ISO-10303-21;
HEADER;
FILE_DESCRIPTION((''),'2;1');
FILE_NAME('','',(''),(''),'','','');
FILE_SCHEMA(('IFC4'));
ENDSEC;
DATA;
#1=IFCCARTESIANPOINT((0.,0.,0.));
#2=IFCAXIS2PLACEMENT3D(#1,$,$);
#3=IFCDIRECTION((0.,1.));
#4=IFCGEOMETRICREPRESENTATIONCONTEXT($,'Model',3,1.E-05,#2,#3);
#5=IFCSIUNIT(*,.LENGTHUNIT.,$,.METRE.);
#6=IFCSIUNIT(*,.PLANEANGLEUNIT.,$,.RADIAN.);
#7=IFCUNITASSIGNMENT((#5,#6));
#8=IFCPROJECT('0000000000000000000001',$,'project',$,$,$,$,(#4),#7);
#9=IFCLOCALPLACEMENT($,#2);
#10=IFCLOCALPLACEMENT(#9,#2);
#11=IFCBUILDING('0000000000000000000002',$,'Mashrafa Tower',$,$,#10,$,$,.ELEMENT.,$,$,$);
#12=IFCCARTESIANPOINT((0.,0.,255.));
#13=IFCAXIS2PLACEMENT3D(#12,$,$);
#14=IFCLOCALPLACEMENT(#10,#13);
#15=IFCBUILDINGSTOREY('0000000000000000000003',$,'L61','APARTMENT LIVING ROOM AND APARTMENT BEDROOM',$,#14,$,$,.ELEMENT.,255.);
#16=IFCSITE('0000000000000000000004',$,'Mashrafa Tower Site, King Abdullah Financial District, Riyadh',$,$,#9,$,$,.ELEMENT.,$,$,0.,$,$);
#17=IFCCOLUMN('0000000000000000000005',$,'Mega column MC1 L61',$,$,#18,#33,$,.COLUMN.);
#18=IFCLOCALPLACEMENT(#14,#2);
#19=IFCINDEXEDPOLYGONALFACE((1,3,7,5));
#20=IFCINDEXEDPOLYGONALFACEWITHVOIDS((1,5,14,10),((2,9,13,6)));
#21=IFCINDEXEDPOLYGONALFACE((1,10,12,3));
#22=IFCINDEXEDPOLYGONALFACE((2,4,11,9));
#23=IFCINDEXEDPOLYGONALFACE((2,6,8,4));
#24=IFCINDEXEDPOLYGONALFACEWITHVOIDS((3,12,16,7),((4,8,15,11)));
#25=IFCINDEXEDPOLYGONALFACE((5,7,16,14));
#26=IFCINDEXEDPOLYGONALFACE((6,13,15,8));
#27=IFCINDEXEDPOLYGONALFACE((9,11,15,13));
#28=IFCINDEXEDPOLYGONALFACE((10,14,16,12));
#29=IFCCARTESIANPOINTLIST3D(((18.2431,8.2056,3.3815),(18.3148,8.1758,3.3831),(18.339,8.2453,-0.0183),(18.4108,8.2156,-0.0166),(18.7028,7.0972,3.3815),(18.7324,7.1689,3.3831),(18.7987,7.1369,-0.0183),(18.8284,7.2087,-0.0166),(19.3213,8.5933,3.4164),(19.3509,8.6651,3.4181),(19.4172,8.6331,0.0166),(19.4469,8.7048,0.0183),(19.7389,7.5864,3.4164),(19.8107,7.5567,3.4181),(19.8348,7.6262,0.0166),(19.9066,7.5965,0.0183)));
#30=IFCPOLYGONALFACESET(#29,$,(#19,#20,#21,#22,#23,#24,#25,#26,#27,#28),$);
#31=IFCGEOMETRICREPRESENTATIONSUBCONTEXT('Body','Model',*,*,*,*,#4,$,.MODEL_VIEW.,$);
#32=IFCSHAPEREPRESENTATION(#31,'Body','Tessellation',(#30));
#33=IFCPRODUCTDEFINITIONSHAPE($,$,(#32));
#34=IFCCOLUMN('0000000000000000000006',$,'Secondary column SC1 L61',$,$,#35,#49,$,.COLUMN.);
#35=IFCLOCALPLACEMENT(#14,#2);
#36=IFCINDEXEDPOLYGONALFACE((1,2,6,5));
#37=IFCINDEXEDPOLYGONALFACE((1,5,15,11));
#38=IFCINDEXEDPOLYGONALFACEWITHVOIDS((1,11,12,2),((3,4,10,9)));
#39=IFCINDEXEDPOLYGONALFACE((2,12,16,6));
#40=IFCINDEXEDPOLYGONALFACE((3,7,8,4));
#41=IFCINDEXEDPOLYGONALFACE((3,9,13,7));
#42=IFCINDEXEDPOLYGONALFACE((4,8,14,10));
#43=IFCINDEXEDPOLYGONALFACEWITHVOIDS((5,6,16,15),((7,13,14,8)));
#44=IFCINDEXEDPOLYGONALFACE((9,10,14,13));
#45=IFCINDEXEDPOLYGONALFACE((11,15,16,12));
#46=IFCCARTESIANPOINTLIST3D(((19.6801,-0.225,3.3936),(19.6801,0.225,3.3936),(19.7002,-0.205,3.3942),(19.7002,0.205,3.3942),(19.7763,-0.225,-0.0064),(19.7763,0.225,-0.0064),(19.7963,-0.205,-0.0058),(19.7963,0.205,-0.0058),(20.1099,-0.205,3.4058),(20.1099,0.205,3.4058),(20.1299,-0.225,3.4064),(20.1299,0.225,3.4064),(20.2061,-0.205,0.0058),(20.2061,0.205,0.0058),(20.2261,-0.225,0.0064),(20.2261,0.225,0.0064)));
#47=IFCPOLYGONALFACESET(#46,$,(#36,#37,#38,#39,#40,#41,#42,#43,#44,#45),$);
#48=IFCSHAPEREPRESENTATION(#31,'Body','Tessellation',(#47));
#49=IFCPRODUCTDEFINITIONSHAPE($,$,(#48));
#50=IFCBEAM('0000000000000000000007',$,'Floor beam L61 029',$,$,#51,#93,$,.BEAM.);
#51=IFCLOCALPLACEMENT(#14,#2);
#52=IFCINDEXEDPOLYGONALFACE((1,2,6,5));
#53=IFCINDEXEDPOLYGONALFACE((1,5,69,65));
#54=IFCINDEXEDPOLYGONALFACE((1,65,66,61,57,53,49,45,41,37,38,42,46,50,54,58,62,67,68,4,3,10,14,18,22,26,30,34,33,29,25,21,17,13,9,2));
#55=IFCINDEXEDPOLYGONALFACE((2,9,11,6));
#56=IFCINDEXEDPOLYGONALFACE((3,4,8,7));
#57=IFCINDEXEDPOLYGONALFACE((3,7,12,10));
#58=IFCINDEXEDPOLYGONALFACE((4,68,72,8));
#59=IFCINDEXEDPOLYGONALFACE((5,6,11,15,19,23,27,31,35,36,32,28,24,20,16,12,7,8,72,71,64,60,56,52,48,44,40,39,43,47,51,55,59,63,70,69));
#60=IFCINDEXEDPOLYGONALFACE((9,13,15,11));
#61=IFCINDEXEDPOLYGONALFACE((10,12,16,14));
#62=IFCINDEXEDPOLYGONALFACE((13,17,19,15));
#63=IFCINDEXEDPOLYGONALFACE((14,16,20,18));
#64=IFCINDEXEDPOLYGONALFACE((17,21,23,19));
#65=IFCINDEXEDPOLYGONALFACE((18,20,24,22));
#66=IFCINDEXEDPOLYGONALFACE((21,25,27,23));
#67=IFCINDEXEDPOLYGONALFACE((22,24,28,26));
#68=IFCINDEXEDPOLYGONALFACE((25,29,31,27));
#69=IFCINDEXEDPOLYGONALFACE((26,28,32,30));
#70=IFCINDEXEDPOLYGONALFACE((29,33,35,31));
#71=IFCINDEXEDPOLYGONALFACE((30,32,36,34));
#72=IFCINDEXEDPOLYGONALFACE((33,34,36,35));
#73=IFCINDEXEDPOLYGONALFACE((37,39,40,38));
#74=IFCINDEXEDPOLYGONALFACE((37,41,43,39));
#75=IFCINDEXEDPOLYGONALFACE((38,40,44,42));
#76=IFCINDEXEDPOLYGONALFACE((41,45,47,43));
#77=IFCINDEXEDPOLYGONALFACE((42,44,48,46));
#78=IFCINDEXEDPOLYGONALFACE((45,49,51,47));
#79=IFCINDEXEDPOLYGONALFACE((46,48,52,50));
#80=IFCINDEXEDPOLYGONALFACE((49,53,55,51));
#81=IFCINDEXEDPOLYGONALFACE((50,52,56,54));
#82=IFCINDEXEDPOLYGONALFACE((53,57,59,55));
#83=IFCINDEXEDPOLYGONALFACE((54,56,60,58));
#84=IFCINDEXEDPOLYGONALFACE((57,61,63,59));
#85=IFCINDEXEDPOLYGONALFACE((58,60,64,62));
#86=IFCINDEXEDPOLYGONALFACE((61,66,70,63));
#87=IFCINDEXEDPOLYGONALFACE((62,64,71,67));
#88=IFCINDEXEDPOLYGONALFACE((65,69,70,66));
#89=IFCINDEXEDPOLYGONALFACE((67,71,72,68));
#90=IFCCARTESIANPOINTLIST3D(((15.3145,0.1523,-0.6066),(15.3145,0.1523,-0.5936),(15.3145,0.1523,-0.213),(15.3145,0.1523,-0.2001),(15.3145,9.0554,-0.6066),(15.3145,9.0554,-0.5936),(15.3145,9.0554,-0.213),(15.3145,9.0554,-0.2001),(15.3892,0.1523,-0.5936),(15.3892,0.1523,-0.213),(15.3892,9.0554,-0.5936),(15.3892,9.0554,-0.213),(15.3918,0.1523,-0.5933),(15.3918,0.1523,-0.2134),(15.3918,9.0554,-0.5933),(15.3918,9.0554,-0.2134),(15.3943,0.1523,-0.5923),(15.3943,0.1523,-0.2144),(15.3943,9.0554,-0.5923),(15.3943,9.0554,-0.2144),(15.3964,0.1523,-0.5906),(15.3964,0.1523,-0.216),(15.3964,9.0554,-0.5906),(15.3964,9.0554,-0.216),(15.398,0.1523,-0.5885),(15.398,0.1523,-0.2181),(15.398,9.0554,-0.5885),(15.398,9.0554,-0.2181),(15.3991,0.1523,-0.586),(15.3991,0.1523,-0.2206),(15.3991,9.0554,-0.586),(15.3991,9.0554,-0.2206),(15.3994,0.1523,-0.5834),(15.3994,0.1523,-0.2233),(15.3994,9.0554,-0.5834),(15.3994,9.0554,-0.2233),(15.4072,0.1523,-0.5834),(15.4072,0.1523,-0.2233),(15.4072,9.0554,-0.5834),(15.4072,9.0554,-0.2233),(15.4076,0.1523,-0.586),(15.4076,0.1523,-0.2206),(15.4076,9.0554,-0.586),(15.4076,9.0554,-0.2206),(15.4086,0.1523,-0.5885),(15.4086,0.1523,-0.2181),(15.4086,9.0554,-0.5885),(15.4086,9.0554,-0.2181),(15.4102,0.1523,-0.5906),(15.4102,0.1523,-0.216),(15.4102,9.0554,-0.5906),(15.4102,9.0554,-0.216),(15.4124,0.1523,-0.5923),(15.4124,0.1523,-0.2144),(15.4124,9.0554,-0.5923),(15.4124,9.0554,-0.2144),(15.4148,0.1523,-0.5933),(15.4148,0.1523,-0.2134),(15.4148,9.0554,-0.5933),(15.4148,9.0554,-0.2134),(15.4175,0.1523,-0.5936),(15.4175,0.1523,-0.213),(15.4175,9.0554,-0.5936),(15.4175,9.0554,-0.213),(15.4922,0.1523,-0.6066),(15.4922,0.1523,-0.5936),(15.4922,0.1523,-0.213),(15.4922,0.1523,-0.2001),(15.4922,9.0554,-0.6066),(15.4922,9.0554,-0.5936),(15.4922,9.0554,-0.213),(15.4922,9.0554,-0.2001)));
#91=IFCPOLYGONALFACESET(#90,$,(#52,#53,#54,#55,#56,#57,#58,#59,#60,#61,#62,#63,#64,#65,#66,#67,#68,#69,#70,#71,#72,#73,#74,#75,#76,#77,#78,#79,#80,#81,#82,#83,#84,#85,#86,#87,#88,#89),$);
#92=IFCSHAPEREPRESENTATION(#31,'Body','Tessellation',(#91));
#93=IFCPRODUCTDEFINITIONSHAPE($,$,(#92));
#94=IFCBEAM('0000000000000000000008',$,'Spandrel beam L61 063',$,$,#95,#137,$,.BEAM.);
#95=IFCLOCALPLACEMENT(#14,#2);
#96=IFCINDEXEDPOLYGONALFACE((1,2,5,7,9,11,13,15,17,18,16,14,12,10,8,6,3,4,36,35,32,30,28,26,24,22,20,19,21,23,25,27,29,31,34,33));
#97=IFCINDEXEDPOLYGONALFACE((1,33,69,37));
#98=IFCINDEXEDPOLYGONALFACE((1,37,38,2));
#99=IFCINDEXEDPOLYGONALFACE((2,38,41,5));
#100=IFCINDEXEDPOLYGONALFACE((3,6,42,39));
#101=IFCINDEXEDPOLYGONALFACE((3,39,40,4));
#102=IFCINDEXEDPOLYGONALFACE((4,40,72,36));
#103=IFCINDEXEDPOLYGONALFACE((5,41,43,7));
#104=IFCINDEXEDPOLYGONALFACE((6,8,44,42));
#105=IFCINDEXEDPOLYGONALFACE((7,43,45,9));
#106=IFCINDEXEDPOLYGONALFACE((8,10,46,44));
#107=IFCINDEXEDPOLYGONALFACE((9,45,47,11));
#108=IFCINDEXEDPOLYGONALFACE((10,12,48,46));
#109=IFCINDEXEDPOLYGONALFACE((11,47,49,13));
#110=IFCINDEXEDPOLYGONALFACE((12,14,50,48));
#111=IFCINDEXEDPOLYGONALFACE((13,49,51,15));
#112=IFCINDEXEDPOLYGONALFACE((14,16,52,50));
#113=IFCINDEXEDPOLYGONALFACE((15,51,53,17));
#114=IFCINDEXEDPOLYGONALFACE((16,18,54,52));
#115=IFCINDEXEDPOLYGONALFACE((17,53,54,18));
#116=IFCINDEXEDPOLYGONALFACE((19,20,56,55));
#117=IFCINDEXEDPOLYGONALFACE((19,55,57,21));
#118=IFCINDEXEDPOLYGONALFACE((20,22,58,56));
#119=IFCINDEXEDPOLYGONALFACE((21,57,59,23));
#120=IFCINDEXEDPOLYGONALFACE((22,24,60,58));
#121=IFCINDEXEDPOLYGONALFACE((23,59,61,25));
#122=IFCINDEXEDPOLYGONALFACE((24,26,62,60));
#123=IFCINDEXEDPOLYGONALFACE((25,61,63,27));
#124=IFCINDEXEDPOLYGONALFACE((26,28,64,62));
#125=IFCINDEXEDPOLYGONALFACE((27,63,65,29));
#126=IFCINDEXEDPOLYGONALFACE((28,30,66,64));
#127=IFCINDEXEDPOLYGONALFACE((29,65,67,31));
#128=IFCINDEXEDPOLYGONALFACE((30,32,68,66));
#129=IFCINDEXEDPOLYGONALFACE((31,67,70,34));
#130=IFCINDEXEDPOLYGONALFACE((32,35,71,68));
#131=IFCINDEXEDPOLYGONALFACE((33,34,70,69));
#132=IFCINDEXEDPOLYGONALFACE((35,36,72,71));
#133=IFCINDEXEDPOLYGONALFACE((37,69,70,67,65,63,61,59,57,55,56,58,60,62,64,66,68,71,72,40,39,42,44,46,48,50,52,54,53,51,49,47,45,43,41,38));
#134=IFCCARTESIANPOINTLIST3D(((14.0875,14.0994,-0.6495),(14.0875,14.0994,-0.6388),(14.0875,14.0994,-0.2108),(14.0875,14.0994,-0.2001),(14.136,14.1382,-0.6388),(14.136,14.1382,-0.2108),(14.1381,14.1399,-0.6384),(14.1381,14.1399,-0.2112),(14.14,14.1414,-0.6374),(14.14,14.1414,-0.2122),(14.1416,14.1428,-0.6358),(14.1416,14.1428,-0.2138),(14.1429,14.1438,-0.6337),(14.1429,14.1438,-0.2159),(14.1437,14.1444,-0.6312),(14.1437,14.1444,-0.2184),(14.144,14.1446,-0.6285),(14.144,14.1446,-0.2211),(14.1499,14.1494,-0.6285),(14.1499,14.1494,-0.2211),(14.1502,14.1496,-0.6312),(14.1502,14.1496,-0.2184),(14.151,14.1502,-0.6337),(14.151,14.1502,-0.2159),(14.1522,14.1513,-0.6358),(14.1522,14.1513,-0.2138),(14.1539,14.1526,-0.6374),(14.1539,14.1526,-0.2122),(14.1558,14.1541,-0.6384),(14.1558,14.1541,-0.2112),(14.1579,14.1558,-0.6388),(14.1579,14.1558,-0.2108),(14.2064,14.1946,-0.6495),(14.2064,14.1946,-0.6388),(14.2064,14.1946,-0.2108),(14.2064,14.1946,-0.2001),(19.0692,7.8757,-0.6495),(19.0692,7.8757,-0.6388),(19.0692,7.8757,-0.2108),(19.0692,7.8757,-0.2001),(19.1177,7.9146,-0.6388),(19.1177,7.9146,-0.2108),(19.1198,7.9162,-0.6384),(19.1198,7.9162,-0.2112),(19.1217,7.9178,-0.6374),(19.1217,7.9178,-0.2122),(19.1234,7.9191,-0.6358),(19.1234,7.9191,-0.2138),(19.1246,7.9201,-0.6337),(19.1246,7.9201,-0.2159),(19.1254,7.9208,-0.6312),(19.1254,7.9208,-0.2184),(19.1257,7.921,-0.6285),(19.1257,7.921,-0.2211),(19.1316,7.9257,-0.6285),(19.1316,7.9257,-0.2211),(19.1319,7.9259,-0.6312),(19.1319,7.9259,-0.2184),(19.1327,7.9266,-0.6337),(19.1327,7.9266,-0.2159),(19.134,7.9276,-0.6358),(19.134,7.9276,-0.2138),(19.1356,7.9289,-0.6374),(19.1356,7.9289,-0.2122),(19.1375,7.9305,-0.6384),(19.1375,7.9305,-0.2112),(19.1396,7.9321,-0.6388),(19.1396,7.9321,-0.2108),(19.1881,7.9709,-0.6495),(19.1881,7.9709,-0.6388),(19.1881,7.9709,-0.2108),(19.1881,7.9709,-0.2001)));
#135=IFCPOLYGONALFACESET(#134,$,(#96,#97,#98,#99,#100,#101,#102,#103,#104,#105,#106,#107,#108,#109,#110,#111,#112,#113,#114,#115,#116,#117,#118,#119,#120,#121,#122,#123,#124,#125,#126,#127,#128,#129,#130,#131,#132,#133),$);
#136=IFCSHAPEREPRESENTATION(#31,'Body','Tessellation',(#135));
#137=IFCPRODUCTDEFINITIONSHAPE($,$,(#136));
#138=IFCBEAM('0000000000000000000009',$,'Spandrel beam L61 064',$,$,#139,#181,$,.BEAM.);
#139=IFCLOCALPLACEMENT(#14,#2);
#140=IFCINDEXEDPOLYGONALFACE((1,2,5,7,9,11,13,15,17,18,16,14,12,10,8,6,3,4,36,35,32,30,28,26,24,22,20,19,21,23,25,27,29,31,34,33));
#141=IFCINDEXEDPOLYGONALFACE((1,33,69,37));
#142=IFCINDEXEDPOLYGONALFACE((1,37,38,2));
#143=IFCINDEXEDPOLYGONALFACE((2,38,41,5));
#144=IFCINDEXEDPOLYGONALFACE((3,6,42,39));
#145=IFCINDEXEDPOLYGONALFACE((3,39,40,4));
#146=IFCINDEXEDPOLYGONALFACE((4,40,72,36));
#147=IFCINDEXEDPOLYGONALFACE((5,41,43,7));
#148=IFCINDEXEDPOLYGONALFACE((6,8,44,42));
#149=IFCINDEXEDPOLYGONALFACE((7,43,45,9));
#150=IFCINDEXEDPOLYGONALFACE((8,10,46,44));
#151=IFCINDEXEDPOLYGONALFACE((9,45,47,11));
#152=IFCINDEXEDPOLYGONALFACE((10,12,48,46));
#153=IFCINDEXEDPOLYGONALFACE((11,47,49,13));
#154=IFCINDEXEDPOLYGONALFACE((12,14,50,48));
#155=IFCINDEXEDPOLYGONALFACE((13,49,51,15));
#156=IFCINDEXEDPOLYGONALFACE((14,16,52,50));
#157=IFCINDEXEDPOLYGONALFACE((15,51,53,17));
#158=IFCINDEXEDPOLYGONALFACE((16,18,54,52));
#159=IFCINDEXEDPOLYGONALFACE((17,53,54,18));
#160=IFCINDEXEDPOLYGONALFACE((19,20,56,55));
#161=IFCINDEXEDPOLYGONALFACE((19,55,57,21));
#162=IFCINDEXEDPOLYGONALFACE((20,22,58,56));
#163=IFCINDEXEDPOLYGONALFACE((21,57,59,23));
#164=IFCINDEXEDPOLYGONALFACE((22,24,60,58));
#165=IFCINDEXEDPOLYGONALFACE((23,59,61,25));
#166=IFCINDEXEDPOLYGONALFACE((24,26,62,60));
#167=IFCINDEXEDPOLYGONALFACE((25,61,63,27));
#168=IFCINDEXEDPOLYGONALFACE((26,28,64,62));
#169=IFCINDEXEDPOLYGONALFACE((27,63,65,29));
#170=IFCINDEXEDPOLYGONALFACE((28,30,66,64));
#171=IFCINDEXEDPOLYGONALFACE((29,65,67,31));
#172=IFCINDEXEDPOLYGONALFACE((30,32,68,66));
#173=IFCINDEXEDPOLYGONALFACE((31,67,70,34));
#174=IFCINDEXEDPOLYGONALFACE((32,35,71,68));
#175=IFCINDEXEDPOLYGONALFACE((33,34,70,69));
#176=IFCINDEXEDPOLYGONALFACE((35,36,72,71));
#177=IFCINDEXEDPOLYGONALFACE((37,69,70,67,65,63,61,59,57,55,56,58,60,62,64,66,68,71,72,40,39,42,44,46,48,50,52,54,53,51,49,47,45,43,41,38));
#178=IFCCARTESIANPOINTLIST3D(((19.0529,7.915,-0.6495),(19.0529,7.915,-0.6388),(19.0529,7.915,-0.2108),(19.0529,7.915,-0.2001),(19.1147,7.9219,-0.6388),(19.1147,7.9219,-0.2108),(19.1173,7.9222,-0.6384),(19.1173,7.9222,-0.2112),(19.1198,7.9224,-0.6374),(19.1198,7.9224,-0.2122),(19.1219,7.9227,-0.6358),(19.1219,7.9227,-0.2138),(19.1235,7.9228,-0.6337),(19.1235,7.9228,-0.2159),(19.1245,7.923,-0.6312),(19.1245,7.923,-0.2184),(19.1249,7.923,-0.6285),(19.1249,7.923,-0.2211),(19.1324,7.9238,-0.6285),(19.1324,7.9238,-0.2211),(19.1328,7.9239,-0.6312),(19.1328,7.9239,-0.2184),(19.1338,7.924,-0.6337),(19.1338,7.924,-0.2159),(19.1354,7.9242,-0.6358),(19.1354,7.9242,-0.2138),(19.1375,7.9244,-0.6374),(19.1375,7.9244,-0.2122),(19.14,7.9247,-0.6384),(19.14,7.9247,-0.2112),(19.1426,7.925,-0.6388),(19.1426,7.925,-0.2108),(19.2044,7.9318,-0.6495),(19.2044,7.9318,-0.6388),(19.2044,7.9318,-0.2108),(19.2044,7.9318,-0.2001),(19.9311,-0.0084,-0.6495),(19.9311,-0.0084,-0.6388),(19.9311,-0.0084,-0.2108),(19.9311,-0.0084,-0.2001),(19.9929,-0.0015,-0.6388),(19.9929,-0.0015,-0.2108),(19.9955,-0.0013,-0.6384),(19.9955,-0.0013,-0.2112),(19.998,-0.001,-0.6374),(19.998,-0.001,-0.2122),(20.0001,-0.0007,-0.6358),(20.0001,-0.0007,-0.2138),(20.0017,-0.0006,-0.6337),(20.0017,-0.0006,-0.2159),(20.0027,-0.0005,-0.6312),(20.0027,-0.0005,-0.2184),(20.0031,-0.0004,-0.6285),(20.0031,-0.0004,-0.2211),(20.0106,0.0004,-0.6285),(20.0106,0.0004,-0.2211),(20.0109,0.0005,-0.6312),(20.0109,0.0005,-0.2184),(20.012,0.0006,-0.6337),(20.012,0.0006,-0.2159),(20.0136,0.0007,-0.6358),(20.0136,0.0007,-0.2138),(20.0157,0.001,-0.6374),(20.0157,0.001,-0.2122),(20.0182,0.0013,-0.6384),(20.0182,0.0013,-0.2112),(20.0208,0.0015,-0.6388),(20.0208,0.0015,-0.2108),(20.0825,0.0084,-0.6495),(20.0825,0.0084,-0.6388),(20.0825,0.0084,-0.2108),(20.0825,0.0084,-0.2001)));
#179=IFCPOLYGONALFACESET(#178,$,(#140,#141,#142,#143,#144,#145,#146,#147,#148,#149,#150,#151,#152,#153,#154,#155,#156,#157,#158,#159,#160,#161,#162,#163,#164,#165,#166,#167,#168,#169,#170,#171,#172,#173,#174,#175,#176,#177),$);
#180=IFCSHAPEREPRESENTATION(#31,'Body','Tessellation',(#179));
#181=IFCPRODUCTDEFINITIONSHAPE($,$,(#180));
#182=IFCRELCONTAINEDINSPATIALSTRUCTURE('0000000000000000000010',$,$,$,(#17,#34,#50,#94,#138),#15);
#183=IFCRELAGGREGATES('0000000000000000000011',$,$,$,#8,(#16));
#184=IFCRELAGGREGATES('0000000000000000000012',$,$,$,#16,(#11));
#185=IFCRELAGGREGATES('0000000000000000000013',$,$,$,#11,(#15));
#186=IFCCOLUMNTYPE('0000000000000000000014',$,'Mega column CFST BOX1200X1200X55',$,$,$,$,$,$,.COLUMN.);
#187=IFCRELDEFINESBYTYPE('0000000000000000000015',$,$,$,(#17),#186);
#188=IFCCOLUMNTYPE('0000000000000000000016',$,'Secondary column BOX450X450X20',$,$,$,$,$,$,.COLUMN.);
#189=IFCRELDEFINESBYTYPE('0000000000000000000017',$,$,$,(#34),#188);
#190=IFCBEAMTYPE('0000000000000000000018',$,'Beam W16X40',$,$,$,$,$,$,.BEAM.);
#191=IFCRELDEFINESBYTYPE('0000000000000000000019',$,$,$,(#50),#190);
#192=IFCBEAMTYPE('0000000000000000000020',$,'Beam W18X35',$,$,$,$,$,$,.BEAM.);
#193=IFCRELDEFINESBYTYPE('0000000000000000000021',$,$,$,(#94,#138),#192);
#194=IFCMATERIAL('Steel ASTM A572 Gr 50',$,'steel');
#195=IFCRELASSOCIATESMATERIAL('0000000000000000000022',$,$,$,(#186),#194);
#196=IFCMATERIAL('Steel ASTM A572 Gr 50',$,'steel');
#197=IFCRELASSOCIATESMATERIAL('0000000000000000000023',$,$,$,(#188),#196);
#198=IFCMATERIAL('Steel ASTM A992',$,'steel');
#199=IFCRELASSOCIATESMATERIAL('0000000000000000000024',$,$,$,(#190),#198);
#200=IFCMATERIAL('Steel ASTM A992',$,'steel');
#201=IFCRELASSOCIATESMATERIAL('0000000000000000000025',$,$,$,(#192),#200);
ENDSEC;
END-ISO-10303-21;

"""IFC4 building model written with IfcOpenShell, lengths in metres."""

from ifc_helpers import new_model, si_unit, direction, frame, origin, origin_2d, place, context, subcontext, project, spatial, hollow_rectangle, i_section, extrude, material, material_profile, profile_set, type_object, element, save


model = new_model("IFC4")

# Units and contexts
model_context = context("Model", 3, precision=1e-05, world=origin(), true_north=direction((0.0, 1.0)))
body_context = subcontext(model_context, "Body", "Model", "MODEL_VIEW")
ifc_project = project(units=[si_unit("LENGTHUNIT", "METRE"), si_unit("PLANEANGLEUNIT", "RADIAN")], contexts=[model_context])

# Site, building, storey
site_placement = place(None, origin())
site = spatial("IfcSite", under=ifc_project, at=site_placement, Name="Mashrafa Tower Site, King Abdullah Financial District, Riyadh", CompositionType="ELEMENT", RefElevation=0.0)
building_placement = place(site_placement, origin())
building = spatial("IfcBuilding", under=site, at=building_placement, Name="Mashrafa Tower", CompositionType="ELEMENT")
storey_placement = place(building_placement, frame((0.0, 0.0, 255.0)))
storey = spatial("IfcBuildingStorey", under=building, at=storey_placement, Name="L61", Description="APARTMENT LIVING ROOM AND APARTMENT BEDROOM", CompositionType="ELEMENT", Elevation=255.0)

# Columns
ifc_material_1 = material(Name="Steel ASTM A572 Gr 50", Category="steel")
ifc_material_profile_1 = material_profile(ifc_material_1, hollow_rectangle(XDim=1.2, YDim=1.2, WallThickness=0.0549, at=origin_2d()), Name="BOX1200X1200X55")
ifc_profile_set_1 = profile_set([ifc_material_profile_1], Name="Steel ASTM A572 Gr 50")
column_type_1 = type_object("IfcColumnType", Name="Mega column CFST BOX1200X1200X55", PredefinedType="COLUMN", material=ifc_profile_set_1)
column_1_placement = place(storey_placement, frame((19.1228, 7.9209, 0.0), z_axis=(-0.028207, -0.011699, 0.999534), x_axis=(0.383113, -0.923702, 0.0)))
element("IfcColumn", 1, at=column_1_placement, inside=storey, type_object=column_type_1, Name="Mega column MC1 L61", PredefinedType="COLUMN", context=body_context, shape_type="SweptSolid", body=[
    extrude(hollow_rectangle(XDim=1.2, YDim=1.2, WallThickness=0.0549, at=origin_2d()), origin(), (0.0, 0.0, 1.0), 3.4014),
])
ifc_material_2 = material(Name="Steel ASTM A572 Gr 50", Category="steel")
ifc_material_profile_2 = material_profile(ifc_material_2, hollow_rectangle(XDim=0.45, YDim=0.45, WallThickness=0.02, at=origin_2d()), Name="BOX450X450X20")
ifc_profile_set_2 = profile_set([ifc_material_profile_2], Name="Steel ASTM A572 Gr 50")
column_type_2 = type_object("IfcColumnType", Name="Secondary column BOX450X450X20", PredefinedType="COLUMN", material=ifc_profile_set_2)
column_2_placement = place(storey_placement, frame((20.0012, 0.0, 0.0), z_axis=(-0.028281, 0.0, 0.9996), x_axis=(0.0, -1.0, 0.0)))
element("IfcColumn", 2, at=column_2_placement, inside=storey, type_object=column_type_2, Name="Secondary column SC1 L61", PredefinedType="COLUMN", context=body_context, shape_type="SweptSolid", body=[
    extrude(hollow_rectangle(XDim=0.45, YDim=0.45, WallThickness=0.02, at=origin_2d()), origin(), (0.0, 0.0, 1.0), 3.4014),
])

# Beams
ifc_material_3 = material(Name="Steel ASTM A992", Category="steel")
ifc_material_profile_3 = material_profile(ifc_material_3, i_section(OverallWidth=0.1777, OverallDepth=0.4065, WebThickness=0.0078, FlangeThickness=0.0129, FilletRadius=0.0103, at=origin_2d()), Name="W16X40")
ifc_profile_set_3 = profile_set([ifc_material_profile_3], Name="Steel ASTM A992")
beam_type_1 = type_object("IfcBeamType", Name="Beam W16X40", PredefinedType="BEAM", material=ifc_profile_set_3)
beam_1_placement = place(storey_placement, frame((15.4033, 9.0554, -0.4033), z_axis=(0.0, -1.0, 0.0), x_axis=(1.0, 0.0, 0.0)))
element("IfcBeam", 3, at=beam_1_placement, inside=storey, type_object=beam_type_1, Name="Floor beam L61 029", PredefinedType="BEAM", context=body_context, shape_type="SweptSolid", body=[
    extrude(i_section(OverallWidth=0.1777, OverallDepth=0.4065, WebThickness=0.0078, FlangeThickness=0.0129, FilletRadius=0.0103, at=origin_2d()), origin(), (0.0, 0.0, 1.0), 8.9031),
])
ifc_material_4 = material(Name="Steel ASTM A992", Category="steel")
ifc_material_profile_4 = material_profile(ifc_material_4, i_section(OverallWidth=0.1523, OverallDepth=0.4495, WebThickness=0.0076, FlangeThickness=0.0107, FilletRadius=0.0103, at=origin_2d()), Name="W18X35")
ifc_profile_set_4 = profile_set([ifc_material_profile_4], Name="Steel ASTM A992")
beam_type_2 = type_object("IfcBeamType", Name="Beam W18X35", PredefinedType="BEAM", material=ifc_profile_set_4)
for number, where, z_axis, x_axis, name in (
    (4, (19.1287, 7.9233, -0.4248), (-0.624908, 0.780698, 0.0), (-0.780698, -0.624908, 0.0), "Spandrel beam L61 063"),
    (5, (20.0068, 0.0, -0.4248), (-0.110159, 0.993914, 0.0), (-0.993914, -0.110159, 0.0), "Spandrel beam L61 064"),
):
    element("IfcBeam", number, at=place(storey_placement, frame(where, z_axis=z_axis, x_axis=x_axis)), inside=storey, type_object=beam_type_2, Name=name, PredefinedType="BEAM", context=body_context, shape_type="SweptSolid", body=[
        extrude(i_section(OverallWidth=0.1523, OverallDepth=0.4495, WebThickness=0.0076, FlangeThickness=0.0107, FilletRadius=0.0103, at=origin_2d()), origin(), (0.0, 0.0, 1.0), 7.9719),
    ])

save(model, "model.ifc")
